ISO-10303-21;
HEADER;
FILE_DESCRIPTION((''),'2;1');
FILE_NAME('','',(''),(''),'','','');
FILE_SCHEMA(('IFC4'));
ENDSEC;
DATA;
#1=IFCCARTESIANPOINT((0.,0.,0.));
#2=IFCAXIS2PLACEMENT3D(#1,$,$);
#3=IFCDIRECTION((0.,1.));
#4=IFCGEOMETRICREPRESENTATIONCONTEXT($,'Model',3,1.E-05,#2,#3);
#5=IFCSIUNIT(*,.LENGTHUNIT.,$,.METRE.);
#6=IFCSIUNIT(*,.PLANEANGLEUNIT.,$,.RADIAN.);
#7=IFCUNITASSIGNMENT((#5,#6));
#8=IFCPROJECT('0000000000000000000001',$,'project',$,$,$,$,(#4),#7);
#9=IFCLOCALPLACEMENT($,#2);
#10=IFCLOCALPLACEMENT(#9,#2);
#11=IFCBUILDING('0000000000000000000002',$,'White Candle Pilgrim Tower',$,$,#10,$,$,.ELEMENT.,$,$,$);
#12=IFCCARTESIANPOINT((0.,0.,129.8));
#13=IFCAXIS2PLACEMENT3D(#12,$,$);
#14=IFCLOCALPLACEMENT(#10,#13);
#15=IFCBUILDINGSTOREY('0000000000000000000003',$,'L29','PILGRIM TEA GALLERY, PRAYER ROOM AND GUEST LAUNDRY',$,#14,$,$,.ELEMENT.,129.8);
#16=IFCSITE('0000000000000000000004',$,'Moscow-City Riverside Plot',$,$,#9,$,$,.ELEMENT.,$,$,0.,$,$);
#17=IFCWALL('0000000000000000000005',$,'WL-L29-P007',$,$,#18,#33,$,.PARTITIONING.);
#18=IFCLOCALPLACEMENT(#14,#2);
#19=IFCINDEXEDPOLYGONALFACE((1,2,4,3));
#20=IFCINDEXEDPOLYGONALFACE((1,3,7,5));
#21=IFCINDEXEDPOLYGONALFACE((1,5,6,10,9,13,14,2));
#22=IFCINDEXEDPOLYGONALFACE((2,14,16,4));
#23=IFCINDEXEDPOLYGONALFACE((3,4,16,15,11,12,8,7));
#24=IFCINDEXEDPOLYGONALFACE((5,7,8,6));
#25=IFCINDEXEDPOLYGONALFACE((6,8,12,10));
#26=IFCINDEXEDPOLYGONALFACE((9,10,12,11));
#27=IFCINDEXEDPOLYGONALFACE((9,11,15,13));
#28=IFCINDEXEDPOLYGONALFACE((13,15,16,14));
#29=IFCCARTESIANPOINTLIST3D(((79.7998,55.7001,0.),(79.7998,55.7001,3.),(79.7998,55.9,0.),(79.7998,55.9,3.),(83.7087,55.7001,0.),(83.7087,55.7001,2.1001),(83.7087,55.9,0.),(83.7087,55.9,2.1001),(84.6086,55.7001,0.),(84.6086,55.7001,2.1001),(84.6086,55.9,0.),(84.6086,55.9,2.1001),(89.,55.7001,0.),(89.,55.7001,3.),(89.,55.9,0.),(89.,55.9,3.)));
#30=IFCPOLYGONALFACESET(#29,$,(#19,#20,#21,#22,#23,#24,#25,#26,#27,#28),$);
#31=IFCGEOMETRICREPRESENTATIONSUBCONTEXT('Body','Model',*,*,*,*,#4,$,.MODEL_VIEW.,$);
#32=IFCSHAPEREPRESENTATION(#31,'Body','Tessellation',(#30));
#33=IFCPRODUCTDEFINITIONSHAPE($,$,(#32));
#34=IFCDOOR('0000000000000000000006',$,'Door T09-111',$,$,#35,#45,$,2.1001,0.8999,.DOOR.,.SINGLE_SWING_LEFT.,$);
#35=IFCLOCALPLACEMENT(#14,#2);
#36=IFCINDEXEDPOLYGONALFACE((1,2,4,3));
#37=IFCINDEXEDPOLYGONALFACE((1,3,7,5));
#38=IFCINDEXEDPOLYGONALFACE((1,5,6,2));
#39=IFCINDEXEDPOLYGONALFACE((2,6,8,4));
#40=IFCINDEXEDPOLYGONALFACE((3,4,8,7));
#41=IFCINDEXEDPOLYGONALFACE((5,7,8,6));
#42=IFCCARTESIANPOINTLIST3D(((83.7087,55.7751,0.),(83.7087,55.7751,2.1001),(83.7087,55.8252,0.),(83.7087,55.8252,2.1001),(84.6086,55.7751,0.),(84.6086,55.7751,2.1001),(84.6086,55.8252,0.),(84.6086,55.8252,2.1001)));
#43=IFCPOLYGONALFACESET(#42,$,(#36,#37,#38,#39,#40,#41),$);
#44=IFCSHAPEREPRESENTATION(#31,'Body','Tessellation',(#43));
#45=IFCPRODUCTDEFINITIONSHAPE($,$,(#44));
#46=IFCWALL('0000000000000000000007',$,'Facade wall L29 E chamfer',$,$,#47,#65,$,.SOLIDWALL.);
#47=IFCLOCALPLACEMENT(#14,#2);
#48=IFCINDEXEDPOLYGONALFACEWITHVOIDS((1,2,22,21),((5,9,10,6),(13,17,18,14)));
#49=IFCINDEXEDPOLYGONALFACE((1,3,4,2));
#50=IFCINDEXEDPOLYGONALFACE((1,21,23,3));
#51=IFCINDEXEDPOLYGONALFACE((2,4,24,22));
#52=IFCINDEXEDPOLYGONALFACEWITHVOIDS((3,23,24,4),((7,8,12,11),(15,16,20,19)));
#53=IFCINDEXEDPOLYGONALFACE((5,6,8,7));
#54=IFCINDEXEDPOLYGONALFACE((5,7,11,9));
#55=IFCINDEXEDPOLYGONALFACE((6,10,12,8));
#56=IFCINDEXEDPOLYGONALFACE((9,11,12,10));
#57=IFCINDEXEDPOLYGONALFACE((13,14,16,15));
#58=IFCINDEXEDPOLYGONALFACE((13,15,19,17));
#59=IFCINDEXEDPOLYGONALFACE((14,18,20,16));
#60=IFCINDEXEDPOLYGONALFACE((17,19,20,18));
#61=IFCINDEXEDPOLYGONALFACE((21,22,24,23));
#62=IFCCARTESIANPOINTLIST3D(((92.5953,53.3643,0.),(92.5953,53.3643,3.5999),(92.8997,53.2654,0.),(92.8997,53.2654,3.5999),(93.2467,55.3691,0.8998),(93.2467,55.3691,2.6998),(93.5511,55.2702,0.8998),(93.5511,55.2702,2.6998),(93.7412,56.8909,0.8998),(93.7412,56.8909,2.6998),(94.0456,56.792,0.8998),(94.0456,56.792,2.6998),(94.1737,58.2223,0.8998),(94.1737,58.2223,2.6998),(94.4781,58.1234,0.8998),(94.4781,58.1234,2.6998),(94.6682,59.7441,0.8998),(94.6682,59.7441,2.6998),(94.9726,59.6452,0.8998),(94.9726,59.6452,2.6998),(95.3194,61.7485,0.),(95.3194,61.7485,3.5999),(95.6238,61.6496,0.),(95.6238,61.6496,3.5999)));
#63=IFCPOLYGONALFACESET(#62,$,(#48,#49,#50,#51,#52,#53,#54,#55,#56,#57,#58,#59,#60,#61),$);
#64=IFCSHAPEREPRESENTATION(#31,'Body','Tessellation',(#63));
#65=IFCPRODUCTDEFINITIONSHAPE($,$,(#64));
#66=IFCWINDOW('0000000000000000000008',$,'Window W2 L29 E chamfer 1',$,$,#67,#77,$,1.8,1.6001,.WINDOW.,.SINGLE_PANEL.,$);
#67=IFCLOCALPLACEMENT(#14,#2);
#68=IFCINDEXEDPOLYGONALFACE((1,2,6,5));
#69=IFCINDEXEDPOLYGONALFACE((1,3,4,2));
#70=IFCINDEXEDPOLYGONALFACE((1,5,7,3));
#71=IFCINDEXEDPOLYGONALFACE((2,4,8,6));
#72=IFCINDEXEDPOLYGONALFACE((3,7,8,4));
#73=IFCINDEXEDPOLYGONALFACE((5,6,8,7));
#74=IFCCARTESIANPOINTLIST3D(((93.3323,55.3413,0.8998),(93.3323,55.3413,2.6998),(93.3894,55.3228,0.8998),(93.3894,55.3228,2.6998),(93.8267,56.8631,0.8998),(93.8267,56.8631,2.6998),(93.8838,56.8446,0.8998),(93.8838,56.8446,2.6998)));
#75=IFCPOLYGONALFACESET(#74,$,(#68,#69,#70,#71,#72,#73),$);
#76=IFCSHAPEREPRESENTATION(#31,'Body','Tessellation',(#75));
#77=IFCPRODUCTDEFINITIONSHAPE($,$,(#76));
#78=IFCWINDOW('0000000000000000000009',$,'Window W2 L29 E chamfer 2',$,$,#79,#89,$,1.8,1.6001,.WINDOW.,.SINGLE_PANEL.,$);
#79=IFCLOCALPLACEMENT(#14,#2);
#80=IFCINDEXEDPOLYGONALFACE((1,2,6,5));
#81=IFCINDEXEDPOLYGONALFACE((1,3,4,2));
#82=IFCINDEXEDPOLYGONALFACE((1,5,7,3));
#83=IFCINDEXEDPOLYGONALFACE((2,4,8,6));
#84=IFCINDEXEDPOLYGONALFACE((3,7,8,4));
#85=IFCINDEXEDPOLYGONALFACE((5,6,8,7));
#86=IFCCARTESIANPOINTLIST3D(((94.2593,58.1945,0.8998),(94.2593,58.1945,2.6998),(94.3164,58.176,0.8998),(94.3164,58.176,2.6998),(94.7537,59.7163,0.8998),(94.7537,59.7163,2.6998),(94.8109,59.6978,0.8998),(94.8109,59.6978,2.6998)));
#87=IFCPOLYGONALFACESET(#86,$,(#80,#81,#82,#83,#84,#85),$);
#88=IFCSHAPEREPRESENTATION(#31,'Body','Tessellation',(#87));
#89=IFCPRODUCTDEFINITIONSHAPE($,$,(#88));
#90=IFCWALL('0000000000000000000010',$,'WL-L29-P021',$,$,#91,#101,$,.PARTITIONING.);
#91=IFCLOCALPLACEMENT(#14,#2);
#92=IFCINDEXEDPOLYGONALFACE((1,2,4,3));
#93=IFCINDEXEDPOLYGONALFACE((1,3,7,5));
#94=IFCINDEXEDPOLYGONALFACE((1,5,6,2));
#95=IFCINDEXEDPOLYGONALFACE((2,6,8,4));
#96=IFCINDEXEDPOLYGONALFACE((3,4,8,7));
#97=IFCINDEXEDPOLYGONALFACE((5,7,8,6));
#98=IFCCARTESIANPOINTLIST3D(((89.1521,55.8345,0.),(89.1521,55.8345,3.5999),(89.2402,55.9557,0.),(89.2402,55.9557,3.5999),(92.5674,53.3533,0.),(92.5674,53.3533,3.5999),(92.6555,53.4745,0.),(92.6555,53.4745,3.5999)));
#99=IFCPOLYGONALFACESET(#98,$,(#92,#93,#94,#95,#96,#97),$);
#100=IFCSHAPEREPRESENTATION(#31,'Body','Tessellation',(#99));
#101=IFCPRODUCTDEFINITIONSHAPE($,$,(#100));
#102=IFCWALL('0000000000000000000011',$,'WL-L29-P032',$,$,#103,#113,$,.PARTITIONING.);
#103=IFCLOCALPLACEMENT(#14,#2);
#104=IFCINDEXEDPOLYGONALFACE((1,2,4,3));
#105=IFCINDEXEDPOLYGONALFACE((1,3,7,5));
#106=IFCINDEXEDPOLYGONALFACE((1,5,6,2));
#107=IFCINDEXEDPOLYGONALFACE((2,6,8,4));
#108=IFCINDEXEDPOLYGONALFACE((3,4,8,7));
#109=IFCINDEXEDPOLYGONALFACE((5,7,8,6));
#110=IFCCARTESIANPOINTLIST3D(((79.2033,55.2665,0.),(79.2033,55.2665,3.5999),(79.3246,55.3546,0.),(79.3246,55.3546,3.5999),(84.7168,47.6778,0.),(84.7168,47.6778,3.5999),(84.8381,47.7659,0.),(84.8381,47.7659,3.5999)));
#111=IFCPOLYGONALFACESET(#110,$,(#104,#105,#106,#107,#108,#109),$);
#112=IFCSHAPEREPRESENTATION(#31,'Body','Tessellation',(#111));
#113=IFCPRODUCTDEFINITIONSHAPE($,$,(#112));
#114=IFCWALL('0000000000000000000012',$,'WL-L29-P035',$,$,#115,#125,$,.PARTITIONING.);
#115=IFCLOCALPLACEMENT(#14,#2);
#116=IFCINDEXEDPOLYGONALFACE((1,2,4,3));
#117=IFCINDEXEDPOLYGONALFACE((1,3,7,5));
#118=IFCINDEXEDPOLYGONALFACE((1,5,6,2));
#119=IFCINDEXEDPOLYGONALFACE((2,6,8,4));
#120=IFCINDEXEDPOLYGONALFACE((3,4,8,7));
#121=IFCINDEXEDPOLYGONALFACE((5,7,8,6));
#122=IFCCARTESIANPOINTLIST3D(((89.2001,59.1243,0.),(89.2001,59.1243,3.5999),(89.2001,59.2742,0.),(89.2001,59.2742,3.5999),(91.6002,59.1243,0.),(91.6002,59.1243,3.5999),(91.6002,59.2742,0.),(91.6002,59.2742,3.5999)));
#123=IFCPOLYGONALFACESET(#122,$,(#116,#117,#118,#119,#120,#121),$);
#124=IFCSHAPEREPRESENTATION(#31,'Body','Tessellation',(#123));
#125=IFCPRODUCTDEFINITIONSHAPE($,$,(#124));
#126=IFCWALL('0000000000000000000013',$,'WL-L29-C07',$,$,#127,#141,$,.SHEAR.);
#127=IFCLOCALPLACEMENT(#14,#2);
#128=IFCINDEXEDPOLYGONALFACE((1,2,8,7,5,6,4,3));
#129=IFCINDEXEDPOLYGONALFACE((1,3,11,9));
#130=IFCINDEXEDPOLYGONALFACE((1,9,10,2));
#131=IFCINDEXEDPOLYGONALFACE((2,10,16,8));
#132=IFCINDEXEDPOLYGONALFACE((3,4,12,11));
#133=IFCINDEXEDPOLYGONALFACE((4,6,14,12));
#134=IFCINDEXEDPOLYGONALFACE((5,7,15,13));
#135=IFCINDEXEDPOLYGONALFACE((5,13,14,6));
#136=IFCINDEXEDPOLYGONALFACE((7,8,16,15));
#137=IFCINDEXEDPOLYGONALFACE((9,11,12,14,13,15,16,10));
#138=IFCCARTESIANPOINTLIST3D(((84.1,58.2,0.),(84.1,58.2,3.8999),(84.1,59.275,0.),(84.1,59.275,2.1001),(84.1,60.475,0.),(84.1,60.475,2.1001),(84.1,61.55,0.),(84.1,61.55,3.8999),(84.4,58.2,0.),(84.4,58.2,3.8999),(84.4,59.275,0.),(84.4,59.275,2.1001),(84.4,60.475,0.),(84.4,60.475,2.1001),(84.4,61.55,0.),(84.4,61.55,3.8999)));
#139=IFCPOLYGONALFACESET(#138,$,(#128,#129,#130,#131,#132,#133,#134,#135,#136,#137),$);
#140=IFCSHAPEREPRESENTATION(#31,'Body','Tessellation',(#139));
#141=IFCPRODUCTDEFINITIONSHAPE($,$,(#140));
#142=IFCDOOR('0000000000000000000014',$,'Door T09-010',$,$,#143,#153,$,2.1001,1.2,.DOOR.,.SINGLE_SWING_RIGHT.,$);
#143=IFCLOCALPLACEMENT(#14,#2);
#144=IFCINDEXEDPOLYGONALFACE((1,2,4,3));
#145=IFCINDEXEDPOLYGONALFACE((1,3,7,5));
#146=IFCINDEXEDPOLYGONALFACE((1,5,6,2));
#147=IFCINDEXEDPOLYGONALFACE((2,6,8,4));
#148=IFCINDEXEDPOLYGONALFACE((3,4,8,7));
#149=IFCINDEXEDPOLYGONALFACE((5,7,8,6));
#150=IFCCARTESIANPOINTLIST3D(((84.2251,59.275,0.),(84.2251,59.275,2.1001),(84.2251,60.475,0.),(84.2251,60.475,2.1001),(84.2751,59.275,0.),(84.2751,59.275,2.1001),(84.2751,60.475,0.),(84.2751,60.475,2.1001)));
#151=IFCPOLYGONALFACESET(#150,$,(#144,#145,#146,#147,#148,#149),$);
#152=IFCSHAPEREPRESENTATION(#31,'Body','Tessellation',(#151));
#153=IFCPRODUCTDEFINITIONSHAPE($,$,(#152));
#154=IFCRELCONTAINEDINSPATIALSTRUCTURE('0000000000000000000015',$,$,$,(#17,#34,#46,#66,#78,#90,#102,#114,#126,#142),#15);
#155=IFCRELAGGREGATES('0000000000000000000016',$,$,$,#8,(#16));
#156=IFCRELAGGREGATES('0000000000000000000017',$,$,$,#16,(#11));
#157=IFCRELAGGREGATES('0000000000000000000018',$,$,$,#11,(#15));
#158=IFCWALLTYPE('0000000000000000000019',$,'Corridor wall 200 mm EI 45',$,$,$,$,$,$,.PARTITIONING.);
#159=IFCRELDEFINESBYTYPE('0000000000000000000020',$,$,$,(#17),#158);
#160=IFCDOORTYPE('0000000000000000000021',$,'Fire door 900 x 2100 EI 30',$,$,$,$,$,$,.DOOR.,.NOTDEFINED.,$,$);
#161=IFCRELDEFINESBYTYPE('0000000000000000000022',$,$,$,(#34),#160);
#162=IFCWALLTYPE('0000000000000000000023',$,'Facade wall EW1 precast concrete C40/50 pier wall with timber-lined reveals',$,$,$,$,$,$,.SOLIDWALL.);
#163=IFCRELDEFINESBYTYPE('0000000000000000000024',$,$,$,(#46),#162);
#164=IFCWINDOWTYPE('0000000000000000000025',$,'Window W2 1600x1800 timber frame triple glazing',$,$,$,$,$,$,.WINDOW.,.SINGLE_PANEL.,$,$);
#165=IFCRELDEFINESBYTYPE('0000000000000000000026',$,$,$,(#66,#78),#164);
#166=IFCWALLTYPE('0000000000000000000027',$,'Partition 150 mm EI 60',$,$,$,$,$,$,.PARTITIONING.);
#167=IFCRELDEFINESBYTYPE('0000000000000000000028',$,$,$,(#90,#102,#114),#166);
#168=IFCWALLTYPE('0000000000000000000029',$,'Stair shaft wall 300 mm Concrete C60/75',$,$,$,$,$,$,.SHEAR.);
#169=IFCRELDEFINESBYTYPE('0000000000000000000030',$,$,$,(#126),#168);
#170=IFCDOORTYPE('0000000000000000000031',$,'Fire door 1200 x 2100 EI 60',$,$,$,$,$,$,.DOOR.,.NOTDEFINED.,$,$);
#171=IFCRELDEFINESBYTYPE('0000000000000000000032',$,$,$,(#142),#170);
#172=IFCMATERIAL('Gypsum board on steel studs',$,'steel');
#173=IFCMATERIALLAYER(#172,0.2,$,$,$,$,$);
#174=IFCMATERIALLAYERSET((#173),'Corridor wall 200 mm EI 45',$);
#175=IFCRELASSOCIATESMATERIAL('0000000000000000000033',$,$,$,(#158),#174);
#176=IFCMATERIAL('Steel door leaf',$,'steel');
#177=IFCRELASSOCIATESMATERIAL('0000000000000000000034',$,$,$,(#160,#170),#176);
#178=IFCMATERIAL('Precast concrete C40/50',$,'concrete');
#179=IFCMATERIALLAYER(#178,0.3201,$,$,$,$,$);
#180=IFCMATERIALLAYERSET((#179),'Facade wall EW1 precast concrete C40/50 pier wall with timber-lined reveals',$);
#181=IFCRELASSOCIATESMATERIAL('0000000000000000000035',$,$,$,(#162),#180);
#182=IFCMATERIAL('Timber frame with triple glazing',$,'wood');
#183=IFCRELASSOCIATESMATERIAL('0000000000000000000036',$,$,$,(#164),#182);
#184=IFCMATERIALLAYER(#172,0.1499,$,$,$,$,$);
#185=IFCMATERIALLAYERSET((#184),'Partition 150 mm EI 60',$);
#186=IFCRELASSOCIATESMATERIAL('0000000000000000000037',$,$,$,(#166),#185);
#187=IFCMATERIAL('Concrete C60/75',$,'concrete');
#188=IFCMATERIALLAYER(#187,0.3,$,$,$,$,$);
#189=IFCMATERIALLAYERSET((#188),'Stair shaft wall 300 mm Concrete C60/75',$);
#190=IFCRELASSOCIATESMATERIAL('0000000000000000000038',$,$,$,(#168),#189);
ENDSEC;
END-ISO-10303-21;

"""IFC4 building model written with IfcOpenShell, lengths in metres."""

from ifc_helpers import new_model, si_unit, direction, frame, frame_2d, origin, place, context, subcontext, project, spatial, rectangle, extrude, material, layer, layer_set, type_object, element, fill, save


model = new_model("IFC4")

# Units and contexts
model_context = context("Model", 3, precision=1e-05, world=origin(), true_north=direction((0.0, 1.0)))
body_context = subcontext(model_context, "Body", "Model", "MODEL_VIEW")
ifc_project = project(units=[si_unit("LENGTHUNIT", "METRE"), si_unit("PLANEANGLEUNIT", "RADIAN")], contexts=[model_context])

# Site, building, storey
site_placement = place(None, origin())
site = spatial("IfcSite", under=ifc_project, at=site_placement, Name="Moscow-City Riverside Plot", CompositionType="ELEMENT", RefElevation=0.0)
building_placement = place(site_placement, origin())
building = spatial("IfcBuilding", under=site, at=building_placement, Name="White Candle Pilgrim Tower", CompositionType="ELEMENT")
storey_placement = place(building_placement, frame((0.0, 0.0, 129.8)))
storey = spatial("IfcBuildingStorey", under=building, at=storey_placement, Name="L29", Description="PILGRIM TEA GALLERY, PRAYER ROOM AND GUEST LAUNDRY", CompositionType="ELEMENT", Elevation=129.8)

# Shared definitions
ifc_material_1 = material(Name="Concrete C60/75", Category="concrete")

# Wall, opening, door
ifc_material_2 = material(Name="Gypsum board on steel studs", Category="steel")
ifc_layer_1 = layer(ifc_material_2, 0.2)
ifc_layer_set_1 = layer_set([ifc_layer_1], Name="Corridor wall 200 mm EI 45")
wall_type_1 = type_object("IfcWallType", Name="Corridor wall 200 mm EI 45", PredefinedType="PARTITIONING", material=ifc_layer_set_1)
wall_1_placement = place(storey_placement, frame((89.0, 55.8, 0.0), z_axis=(0.0, 0.0, 1.0), x_axis=(-1.0, 0.0, 0.0)))
wall_1 = element("IfcWall", 1, at=wall_1_placement, inside=storey, type_object=wall_type_1, Name="WL-L29-P007", PredefinedType="PARTITIONING", context=body_context, shape_type="SweptSolid", body=[
    extrude(rectangle(XDim=9.2002, YDim=0.2, at=frame_2d((4.6001, 0.0))), origin(), (0.0, 0.0, 1.0), 3.0),
])
opening_1_placement = place(wall_1_placement, frame((4.3914, 0.0, 0.0)))
opening_1 = element("IfcOpeningElement", 2, at=opening_1_placement, cuts=wall_1, PredefinedType="OPENING", context=body_context, shape_type="SweptSolid", body=[
    extrude(rectangle(XDim=0.8999, YDim=2.1001, at=frame_2d((0.45, 1.05))), frame((0.0, 0.1099, 0.0), z_axis=(0.0, -1.0, 0.0), x_axis=(1.0, 0.0, 0.0)), (0.0, 0.0, 1.0), 0.22),
])
ifc_material_3 = material(Name="Steel door leaf", Category="steel")
door_type_1 = type_object("IfcDoorType", Name="Fire door 900 x 2100 EI 30", OperationType="NOTDEFINED", PredefinedType="DOOR", material=ifc_material_3)
door_1_placement = place(opening_1_placement, origin())
door_1 = element("IfcDoor", 3, at=door_1_placement, inside=storey, type_object=door_type_1, Name="Door T09-111", OperationType="SINGLE_SWING_LEFT", OverallHeight=2.1001, OverallWidth=0.8999, PredefinedType="DOOR", context=body_context, shape_type="SweptSolid", body=[
    extrude(rectangle(XDim=0.8999, YDim=2.1001, at=frame_2d((0.45, 1.05))), frame((0.0, 0.0249, 0.0), z_axis=(0.0, -1.0, 0.0), x_axis=(1.0, 0.0, 0.0)), (0.0, 0.0, 1.0), 0.05),
])
fill(opening_1, door_1)

# Wall, openings, windows
ifc_material_4 = material(Name="Precast concrete C40/50", Category="concrete")
ifc_layer_2 = layer(ifc_material_4, 0.3201)
ifc_layer_set_2 = layer_set([ifc_layer_2], Name="Facade wall EW1 precast concrete C40/50 pier wall with timber-lined reveals")
wall_type_2 = type_object("IfcWallType", Name="Facade wall EW1 precast concrete C40/50 pier wall with timber-lined reveals", PredefinedType="SOLIDWALL", material=ifc_layer_set_2)
wall_2_placement = place(storey_placement, frame((92.7476, 53.3149, 0.0), z_axis=(0.0, 0.0, 1.0), x_axis=(0.309007, 0.95106, 0.0)))
wall_2 = element("IfcWall", 4, at=wall_2_placement, inside=storey, type_object=wall_type_2, Name="Facade wall L29 E chamfer", PredefinedType="SOLIDWALL", context=body_context, shape_type="SweptSolid", body=[
    extrude(rectangle(XDim=8.8157, YDim=0.3201, at=frame_2d((4.4077, 0.0))), origin(), (0.0, 0.0, 1.0), 3.5999),
])
opening_2_placement = place(wall_2_placement, frame((2.1079, 0.0, 0.8999)))
opening_2 = element("IfcOpeningElement", 5, at=opening_2_placement, cuts=wall_2, PredefinedType="OPENING", context=body_context, shape_type="SweptSolid", body=[
    extrude(rectangle(XDim=1.6001, YDim=1.8, at=frame_2d((0.8, 0.8999))), frame((0.0, 0.1699, 0.0), z_axis=(0.0, -1.0, 0.0), x_axis=(1.0, 0.0, 0.0)), (0.0, 0.0, 1.0), 0.3401),
])
opening_3_placement = place(wall_2_placement, frame((5.1079, 0.0, 0.8999)))
opening_3 = element("IfcOpeningElement", 6, at=opening_3_placement, cuts=wall_2, PredefinedType="OPENING", context=body_context, shape_type="SweptSolid", body=[
    extrude(rectangle(XDim=1.6001, YDim=1.8, at=frame_2d((0.8, 0.8999))), frame((0.0, 0.1699, 0.0), z_axis=(0.0, -1.0, 0.0), x_axis=(1.0, 0.0, 0.0)), (0.0, 0.0, 1.0), 0.3401),
])
ifc_material_5 = material(Name="Timber frame with triple glazing", Category="wood")
window_type = type_object("IfcWindowType", Name="Window W2 1600x1800 timber frame triple glazing", PartitioningType="SINGLE_PANEL", PredefinedType="WINDOW", material=ifc_material_5)
window_1_placement = place(opening_2_placement, origin())
window_1 = element("IfcWindow", 7, at=window_1_placement, inside=storey, type_object=window_type, Name="Window W2 L29 E chamfer 1", OverallHeight=1.8, OverallWidth=1.6001, PartitioningType="SINGLE_PANEL", PredefinedType="WINDOW", context=body_context, shape_type="SweptSolid", body=[
    extrude(rectangle(XDim=1.6001, YDim=1.8, at=frame_2d((0.8, 0.8999))), frame((0.0, 0.0701, 0.0), z_axis=(0.0, -1.0, 0.0), x_axis=(1.0, 0.0, 0.0)), (0.0, 0.0, 1.0), 0.0601),
])
fill(opening_2, window_1)
window_2_placement = place(opening_3_placement, origin())
window_2 = element("IfcWindow", 8, at=window_2_placement, inside=storey, type_object=window_type, Name="Window W2 L29 E chamfer 2", OverallHeight=1.8, OverallWidth=1.6001, PartitioningType="SINGLE_PANEL", PredefinedType="WINDOW", context=body_context, shape_type="SweptSolid", body=[
    extrude(rectangle(XDim=1.6001, YDim=1.8, at=frame_2d((0.8, 0.8999))), frame((0.0, 0.0701, 0.0), z_axis=(0.0, -1.0, 0.0), x_axis=(1.0, 0.0, 0.0)), (0.0, 0.0, 1.0), 0.0601),
])
fill(opening_3, window_2)

# Walls
ifc_layer_3 = layer(ifc_material_2, 0.1499)
ifc_layer_set_3 = layer_set([ifc_layer_3], Name="Partition 150 mm EI 60")
wall_type_3 = type_object("IfcWallType", Name="Partition 150 mm EI 60", PredefinedType="PARTITIONING", material=ifc_layer_set_3)
wall_3_placement = place(storey_placement, frame((92.6116, 53.4138, 0.0), z_axis=(0.0, 0.0, 1.0), x_axis=(-0.809034, 0.587762, 0.0)))
element("IfcWall", 9, at=wall_3_placement, inside=storey, type_object=wall_type_3, Name="WL-L29-P021", PredefinedType="PARTITIONING", context=body_context, shape_type="SweptSolid", body=[
    extrude(rectangle(XDim=4.2214, YDim=0.1499, at=frame_2d((2.1108, 0.0))), origin(), (0.0, 0.0, 1.0), 3.5999),
])
wall_4_placement = place(storey_placement, frame((84.7773, 47.7219, 0.0), z_axis=(0.0, 0.0, 1.0), x_axis=(-0.587783, 0.809018, 0.0)))
element("IfcWall", 10, at=wall_4_placement, inside=storey, type_object=wall_type_3, Name="WL-L29-P032", PredefinedType="PARTITIONING", context=body_context, shape_type="SweptSolid", body=[
    extrude(rectangle(XDim=9.3801, YDim=0.1499, at=frame_2d((4.6899, 0.0))), origin(), (0.0, 0.0, 1.0), 3.5999),
])
wall_5_placement = place(storey_placement, frame((89.2, 59.1992, 0.0), z_axis=(0.0, 0.0, 1.0), x_axis=(1.0, 0.0, 0.0)))
element("IfcWall", 11, at=wall_5_placement, inside=storey, type_object=wall_type_3, Name="WL-L29-P035", PredefinedType="PARTITIONING", context=body_context, shape_type="SweptSolid", body=[
    extrude(rectangle(XDim=2.4001, YDim=0.1499, at=frame_2d((1.2002, 0.0))), origin(), (0.0, 0.0, 1.0), 3.5999),
])

# Wall, opening, door
ifc_layer_4 = layer(ifc_material_1, 0.3)
ifc_layer_set_4 = layer_set([ifc_layer_4], Name="Stair shaft wall 300 mm Concrete C60/75")
wall_type_4 = type_object("IfcWallType", Name="Stair shaft wall 300 mm Concrete C60/75", PredefinedType="SHEAR", material=ifc_layer_set_4)
wall_6_placement = place(storey_placement, frame((84.25, 58.2, 0.0), z_axis=(0.0, 0.0, 1.0), x_axis=(0.0, 1.0, 0.0)))
wall_6 = element("IfcWall", 12, at=wall_6_placement, inside=storey, type_object=wall_type_4, Name="WL-L29-C07", PredefinedType="SHEAR", context=body_context, shape_type="SweptSolid", body=[
    extrude(rectangle(XDim=3.3501, YDim=0.3, at=frame_2d((1.675, 0.0))), origin(), (0.0, 0.0, 1.0), 3.8999),
])
opening_4_placement = place(wall_6_placement, frame((1.075, 0.0, 0.0)))
opening_4 = element("IfcOpeningElement", 13, at=opening_4_placement, cuts=wall_6, PredefinedType="OPENING", context=body_context, shape_type="SweptSolid", body=[
    extrude(rectangle(XDim=1.2, YDim=2.1001, at=frame_2d((0.6001, 1.05))), frame((0.0, 0.1599, 0.0), z_axis=(0.0, -1.0, 0.0), x_axis=(1.0, 0.0, 0.0)), (0.0, 0.0, 1.0), 0.3201),
])
door_type_2 = type_object("IfcDoorType", Name="Fire door 1200 x 2100 EI 60", OperationType="NOTDEFINED", PredefinedType="DOOR", material=ifc_material_3)
door_2_placement = place(opening_4_placement, origin())
door_2 = element("IfcDoor", 14, at=door_2_placement, inside=storey, type_object=door_type_2, Name="Door T09-010", OperationType="SINGLE_SWING_RIGHT", OverallHeight=2.1001, OverallWidth=1.2, PredefinedType="DOOR", context=body_context, shape_type="SweptSolid", body=[
    extrude(rectangle(XDim=1.2, YDim=2.1001, at=frame_2d((0.6001, 1.05))), frame((0.0, 0.0249, 0.0), z_axis=(0.0, -1.0, 0.0), x_axis=(1.0, 0.0, 0.0)), (0.0, 0.0, 1.0), 0.05),
])
fill(opening_4, door_2)

save(model, "model.ifc")
